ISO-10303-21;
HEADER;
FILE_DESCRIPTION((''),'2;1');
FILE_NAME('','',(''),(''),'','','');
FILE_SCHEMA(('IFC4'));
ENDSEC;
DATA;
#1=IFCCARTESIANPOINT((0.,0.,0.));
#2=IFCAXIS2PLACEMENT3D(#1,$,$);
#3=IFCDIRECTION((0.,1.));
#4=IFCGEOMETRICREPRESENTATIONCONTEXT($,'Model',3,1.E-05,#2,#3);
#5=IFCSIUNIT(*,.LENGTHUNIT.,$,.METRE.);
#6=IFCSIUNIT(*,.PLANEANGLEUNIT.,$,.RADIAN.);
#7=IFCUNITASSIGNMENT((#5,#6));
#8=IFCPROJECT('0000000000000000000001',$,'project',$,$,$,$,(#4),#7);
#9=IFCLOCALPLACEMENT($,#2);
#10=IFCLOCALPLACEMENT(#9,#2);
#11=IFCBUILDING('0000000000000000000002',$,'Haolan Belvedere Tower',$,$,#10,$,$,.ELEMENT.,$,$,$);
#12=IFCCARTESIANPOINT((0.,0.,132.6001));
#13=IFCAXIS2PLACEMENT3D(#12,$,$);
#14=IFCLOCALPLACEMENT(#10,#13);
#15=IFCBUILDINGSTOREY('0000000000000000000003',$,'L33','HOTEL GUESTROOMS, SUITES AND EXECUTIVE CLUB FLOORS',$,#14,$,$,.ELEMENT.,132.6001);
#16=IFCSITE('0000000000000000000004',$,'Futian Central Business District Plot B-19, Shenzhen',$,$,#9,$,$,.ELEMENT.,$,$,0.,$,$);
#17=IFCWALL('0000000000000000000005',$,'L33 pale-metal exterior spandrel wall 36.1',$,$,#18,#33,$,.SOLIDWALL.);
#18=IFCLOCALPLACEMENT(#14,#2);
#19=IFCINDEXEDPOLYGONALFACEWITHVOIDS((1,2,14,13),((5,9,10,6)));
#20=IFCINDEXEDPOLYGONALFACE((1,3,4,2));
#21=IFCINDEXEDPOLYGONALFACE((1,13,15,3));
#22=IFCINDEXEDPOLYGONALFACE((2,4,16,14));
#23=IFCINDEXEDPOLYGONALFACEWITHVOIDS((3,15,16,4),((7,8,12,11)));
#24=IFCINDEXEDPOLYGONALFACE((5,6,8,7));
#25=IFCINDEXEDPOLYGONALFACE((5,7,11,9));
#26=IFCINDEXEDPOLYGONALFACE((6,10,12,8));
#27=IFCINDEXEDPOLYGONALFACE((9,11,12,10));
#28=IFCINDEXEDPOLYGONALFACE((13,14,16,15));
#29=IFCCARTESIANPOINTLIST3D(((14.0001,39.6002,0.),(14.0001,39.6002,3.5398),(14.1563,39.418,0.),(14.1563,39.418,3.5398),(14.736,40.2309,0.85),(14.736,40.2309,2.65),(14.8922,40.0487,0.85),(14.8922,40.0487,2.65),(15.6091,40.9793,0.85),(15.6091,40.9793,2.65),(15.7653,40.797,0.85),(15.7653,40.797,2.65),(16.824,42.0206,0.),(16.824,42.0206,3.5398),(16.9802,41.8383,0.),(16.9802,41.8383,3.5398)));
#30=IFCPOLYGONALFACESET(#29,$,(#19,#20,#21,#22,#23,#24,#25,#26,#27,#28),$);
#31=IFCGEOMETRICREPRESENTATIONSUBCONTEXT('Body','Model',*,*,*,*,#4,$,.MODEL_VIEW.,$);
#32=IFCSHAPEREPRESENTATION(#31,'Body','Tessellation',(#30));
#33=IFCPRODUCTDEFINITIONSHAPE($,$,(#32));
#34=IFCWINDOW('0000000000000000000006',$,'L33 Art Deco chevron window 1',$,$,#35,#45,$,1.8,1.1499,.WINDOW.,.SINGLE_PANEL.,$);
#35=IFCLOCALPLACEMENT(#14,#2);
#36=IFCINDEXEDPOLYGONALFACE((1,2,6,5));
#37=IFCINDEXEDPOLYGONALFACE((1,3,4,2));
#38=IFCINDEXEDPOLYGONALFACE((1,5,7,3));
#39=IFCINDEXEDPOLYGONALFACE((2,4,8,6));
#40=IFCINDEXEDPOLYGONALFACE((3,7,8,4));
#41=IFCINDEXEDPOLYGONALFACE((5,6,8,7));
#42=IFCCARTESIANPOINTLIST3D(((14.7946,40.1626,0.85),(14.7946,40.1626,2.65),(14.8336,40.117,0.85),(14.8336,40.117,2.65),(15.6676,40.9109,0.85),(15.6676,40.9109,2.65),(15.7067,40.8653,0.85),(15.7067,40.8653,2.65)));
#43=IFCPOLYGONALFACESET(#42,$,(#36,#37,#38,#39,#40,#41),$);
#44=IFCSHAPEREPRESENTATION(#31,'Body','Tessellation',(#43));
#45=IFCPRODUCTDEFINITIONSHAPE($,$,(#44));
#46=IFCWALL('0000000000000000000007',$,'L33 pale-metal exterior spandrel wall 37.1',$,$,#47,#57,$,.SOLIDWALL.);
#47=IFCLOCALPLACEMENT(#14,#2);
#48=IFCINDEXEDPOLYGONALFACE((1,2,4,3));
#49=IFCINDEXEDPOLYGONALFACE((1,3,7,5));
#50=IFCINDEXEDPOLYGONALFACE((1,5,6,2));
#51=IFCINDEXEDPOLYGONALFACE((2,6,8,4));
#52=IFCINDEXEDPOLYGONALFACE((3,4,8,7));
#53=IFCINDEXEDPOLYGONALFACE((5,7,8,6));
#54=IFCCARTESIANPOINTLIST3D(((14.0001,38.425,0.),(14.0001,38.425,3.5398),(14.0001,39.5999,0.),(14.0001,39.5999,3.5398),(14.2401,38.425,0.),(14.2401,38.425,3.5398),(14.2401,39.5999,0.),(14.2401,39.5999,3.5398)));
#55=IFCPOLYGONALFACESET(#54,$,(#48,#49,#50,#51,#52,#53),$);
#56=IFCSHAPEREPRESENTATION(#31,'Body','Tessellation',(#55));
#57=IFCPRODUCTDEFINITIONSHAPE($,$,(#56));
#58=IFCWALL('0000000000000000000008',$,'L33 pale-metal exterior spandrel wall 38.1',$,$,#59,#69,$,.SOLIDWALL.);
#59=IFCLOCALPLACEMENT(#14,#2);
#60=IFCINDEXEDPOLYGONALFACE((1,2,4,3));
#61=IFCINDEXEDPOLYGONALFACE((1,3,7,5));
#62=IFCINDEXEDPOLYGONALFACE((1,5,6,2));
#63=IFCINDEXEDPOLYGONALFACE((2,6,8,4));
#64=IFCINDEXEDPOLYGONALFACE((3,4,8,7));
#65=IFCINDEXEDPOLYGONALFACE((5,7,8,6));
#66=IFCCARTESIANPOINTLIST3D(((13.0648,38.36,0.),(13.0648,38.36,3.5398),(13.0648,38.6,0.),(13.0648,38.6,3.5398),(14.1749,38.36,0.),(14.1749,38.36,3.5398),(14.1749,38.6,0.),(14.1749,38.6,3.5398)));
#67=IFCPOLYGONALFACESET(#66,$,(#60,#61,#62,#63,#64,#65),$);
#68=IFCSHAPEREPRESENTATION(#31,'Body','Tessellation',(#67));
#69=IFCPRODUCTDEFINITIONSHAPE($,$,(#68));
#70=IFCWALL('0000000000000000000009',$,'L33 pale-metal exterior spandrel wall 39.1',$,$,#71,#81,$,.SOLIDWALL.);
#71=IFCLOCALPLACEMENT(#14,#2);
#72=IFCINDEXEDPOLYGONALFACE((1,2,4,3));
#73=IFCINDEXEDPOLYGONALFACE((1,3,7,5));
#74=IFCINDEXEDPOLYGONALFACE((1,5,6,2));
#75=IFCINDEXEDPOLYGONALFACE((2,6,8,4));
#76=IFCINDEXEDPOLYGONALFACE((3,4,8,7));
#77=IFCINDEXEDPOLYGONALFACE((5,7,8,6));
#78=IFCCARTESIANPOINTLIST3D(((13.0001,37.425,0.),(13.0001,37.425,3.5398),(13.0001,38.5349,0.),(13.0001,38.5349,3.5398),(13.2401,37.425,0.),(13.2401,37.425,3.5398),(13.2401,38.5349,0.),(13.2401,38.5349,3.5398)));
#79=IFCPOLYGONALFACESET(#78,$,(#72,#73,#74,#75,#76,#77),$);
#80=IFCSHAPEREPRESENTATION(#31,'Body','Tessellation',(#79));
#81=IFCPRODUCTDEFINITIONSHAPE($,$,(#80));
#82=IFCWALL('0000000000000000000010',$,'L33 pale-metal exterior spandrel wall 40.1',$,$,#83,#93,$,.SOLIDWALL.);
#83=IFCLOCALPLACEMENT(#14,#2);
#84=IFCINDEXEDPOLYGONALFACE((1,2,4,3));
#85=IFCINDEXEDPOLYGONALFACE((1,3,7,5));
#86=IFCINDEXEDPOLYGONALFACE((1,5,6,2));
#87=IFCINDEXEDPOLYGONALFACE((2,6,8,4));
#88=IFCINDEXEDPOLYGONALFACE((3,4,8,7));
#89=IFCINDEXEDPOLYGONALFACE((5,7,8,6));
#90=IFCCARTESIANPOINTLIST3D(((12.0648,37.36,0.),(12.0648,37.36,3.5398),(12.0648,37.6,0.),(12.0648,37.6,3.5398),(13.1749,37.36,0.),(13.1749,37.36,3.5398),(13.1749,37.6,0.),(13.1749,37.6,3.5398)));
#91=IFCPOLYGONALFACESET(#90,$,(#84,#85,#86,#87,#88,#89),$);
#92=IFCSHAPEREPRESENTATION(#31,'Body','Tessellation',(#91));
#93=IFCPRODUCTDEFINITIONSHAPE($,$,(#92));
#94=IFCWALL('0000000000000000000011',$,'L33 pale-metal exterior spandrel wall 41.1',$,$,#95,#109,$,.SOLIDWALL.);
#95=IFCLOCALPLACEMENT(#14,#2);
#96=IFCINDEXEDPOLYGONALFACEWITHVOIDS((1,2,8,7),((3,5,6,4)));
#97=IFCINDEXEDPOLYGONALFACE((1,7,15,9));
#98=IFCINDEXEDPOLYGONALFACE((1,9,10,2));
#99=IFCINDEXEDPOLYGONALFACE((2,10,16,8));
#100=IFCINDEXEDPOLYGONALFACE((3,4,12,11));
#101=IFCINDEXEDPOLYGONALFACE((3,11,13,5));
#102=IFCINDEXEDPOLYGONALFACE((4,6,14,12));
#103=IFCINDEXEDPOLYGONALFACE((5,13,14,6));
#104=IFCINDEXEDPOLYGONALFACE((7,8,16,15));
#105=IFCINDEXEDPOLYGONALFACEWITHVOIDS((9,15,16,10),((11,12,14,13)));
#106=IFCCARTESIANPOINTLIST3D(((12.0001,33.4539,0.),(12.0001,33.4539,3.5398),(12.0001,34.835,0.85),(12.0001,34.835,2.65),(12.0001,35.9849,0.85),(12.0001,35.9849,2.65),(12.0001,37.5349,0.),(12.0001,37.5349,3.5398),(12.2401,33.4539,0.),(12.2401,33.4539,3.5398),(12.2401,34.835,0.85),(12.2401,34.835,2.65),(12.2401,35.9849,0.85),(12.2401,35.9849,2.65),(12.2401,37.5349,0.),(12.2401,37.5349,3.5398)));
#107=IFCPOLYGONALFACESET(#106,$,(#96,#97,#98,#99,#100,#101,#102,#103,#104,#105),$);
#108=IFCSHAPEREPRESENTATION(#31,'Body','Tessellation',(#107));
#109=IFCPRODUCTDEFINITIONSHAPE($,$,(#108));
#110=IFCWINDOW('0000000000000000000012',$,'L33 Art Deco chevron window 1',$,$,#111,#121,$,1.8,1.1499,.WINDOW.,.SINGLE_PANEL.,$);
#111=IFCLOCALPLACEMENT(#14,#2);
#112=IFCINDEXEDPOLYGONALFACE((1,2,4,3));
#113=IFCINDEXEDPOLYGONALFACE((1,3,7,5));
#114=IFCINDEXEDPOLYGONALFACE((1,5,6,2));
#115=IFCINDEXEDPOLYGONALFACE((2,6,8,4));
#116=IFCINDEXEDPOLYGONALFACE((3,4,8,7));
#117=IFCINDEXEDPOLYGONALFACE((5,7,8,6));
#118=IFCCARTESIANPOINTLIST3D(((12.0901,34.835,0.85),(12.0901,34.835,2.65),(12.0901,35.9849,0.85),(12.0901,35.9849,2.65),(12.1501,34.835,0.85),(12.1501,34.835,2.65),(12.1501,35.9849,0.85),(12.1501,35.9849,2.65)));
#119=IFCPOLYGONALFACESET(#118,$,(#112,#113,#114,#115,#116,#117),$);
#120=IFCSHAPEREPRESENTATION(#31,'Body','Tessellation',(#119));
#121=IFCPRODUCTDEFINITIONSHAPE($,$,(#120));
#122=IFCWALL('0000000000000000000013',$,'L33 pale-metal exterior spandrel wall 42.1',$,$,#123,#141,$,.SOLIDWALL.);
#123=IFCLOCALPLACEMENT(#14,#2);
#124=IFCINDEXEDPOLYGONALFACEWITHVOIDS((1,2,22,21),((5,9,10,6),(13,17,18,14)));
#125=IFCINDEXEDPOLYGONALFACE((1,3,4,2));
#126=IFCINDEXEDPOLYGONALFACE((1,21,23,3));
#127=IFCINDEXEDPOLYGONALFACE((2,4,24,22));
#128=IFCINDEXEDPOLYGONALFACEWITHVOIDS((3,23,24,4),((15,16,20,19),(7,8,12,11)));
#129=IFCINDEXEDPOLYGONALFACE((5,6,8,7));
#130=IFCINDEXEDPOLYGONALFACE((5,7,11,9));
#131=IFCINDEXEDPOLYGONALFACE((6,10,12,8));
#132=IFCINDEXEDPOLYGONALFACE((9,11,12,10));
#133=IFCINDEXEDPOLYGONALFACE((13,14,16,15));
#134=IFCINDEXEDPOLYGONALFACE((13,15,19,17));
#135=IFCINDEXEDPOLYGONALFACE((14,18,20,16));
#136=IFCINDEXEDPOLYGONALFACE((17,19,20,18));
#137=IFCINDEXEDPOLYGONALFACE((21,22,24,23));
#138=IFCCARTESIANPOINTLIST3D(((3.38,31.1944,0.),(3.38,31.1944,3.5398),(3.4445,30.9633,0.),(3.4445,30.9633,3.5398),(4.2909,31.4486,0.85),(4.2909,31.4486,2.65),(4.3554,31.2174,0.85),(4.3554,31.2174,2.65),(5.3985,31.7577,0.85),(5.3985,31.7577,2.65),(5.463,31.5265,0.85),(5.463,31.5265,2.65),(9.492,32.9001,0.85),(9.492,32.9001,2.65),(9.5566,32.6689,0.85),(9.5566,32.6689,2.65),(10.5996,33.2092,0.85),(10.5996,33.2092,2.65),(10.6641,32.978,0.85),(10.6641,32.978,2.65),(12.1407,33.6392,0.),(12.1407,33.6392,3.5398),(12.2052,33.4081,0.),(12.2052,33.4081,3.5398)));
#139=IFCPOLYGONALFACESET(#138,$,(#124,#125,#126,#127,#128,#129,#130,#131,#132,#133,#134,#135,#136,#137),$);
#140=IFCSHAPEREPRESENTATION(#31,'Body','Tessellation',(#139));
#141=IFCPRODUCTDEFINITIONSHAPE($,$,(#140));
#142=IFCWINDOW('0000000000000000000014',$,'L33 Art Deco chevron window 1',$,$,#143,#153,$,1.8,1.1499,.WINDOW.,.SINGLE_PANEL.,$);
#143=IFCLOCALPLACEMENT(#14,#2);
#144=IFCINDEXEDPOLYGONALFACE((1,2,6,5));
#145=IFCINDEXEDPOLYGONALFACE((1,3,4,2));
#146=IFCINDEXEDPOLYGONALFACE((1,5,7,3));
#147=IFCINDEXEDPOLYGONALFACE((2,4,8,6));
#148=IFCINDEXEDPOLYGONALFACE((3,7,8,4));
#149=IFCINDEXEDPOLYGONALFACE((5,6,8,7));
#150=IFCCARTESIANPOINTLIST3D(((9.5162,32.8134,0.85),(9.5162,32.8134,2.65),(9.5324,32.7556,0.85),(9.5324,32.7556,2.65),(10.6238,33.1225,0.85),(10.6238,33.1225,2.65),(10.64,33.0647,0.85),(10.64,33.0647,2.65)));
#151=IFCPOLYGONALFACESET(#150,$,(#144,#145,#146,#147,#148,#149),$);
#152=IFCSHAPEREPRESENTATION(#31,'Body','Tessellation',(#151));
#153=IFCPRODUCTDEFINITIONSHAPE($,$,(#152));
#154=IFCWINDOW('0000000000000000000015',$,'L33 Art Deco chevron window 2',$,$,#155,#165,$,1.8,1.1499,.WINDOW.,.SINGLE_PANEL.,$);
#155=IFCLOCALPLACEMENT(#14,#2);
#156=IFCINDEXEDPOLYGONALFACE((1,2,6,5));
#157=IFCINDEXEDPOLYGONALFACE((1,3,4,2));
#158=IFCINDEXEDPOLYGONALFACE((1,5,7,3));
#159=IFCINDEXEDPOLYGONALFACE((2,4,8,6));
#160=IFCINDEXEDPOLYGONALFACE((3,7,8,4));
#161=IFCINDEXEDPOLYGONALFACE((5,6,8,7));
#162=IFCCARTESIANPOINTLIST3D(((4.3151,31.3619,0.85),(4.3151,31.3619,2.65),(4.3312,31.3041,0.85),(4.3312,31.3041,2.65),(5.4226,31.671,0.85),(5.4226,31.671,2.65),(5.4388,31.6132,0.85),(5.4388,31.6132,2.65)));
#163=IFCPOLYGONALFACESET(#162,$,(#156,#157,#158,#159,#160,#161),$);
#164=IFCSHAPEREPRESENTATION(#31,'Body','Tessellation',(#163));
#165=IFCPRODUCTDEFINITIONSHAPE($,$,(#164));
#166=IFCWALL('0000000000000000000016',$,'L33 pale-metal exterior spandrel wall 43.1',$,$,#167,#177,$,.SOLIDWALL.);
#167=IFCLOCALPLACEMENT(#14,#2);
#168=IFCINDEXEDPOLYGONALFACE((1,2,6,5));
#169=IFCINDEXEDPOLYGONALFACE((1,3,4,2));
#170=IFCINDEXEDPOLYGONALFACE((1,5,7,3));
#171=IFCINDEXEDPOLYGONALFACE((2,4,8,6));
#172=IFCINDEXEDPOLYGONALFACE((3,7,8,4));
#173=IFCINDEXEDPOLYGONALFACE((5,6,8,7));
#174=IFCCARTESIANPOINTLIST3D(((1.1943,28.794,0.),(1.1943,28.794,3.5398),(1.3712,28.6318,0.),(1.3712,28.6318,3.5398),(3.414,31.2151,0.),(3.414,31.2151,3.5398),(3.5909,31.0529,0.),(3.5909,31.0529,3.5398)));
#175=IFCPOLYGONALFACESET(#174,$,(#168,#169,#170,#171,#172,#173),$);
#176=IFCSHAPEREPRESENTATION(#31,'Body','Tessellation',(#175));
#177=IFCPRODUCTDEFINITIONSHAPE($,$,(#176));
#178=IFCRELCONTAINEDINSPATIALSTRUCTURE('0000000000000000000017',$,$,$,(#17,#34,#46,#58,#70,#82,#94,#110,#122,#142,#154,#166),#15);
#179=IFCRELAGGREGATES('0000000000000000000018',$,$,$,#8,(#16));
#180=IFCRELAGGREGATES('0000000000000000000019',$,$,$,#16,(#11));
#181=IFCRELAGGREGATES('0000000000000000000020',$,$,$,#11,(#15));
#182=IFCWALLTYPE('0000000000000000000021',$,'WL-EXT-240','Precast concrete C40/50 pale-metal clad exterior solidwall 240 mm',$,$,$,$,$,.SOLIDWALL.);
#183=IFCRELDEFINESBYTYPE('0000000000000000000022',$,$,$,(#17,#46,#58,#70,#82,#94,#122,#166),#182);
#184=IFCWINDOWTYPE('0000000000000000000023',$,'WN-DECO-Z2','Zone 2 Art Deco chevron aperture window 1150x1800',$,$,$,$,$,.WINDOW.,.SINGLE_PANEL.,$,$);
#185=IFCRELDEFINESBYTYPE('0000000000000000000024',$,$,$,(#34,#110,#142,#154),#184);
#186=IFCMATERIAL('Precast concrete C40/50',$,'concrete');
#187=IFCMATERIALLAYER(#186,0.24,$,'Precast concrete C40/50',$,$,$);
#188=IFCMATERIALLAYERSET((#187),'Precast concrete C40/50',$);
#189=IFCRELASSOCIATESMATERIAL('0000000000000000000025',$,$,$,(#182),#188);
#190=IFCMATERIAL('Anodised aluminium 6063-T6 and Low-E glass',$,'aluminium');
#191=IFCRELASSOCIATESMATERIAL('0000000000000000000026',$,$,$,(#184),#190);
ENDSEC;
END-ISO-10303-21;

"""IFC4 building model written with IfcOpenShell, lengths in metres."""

from ifc_helpers import new_model, si_unit, direction, frame, frame_2d, origin, place, context, subcontext, project, spatial, rectangle, extrude, material, layer, layer_set, type_object, element, fill, save


model = new_model("IFC4")

# Units and contexts
model_context = context("Model", 3, precision=1e-05, world=origin(), true_north=direction((0.0, 1.0)))
body_context = subcontext(model_context, "Body", "Model", "MODEL_VIEW")
ifc_project = project(units=[si_unit("LENGTHUNIT", "METRE"), si_unit("PLANEANGLEUNIT", "RADIAN")], contexts=[model_context])

# Site, building, storey
site_placement = place(None, origin())
site = spatial("IfcSite", under=ifc_project, at=site_placement, Name="Futian Central Business District Plot B-19, Shenzhen", CompositionType="ELEMENT", RefElevation=0.0)
building_placement = place(site_placement, origin())
building = spatial("IfcBuilding", under=site, at=building_placement, Name="Haolan Belvedere Tower", CompositionType="ELEMENT")
storey_placement = place(building_placement, frame((0.0, 0.0, 132.6001)))
storey = spatial("IfcBuildingStorey", under=building, at=storey_placement, Name="L33", Description="HOTEL GUESTROOMS, SUITES AND EXECUTIVE CLUB FLOORS", CompositionType="ELEMENT", Elevation=132.6001)

# Shared definitions
ifc_material_1 = material(Name="Precast concrete C40/50", Category="concrete")
ifc_layer_1 = layer(ifc_material_1, 0.24, Name="Precast concrete C40/50")
ifc_layer_set_1 = layer_set([ifc_layer_1], Name="Precast concrete C40/50")
wall_type_1 = type_object("IfcWallType", Name="WL-EXT-240", Description="Precast concrete C40/50 pale-metal clad exterior solidwall 240 mm", PredefinedType="SOLIDWALL", material=ifc_layer_set_1)

# Wall, opening, window
wall_1_placement = place(storey_placement, frame((16.9021, 41.9294, 0.0), z_axis=(0.0, 0.0, 1.0), x_axis=(-0.759275, -0.65077, 0.0)))
wall_1 = element("IfcWall", 1, at=wall_1_placement, inside=storey, type_object=wall_type_1, Name="L33 pale-metal exterior spandrel wall 36.1", PredefinedType="SOLIDWALL", context=body_context, shape_type="SweptSolid", body=[
    extrude(rectangle(XDim=3.7192, YDim=0.24, at=frame_2d((1.8596, 0.0))), origin(), (0.0, 0.0, 1.0), 3.5398),
])
opening_1_placement = place(wall_1_placement, frame((1.6001, 0.0, 0.8501)))
opening_1 = element("IfcOpeningElement", 2, at=opening_1_placement, cuts=wall_1, PredefinedType="OPENING", context=body_context, shape_type="SweptSolid", body=[
    extrude(rectangle(XDim=1.1499, YDim=1.8, at=frame_2d((0.575, 0.8999))), frame((0.0, 0.1299, 0.0), z_axis=(0.0, -1.0, 0.0), x_axis=(1.0, 0.0, 0.0)), (0.0, 0.0, 1.0), 0.26),
])
ifc_material_2 = material(Name="Anodised aluminium 6063-T6 and Low-E glass", Category="aluminium")
window_type = type_object("IfcWindowType", Name="WN-DECO-Z2", Description="Zone 2 Art Deco chevron aperture window 1150x1800", PartitioningType="SINGLE_PANEL", PredefinedType="WINDOW", material=ifc_material_2)
window_1_placement = place(opening_1_placement, origin())
window_1 = element("IfcWindow", 3, at=window_1_placement, inside=storey, type_object=window_type, Name="L33 Art Deco chevron window 1", OverallHeight=1.8, OverallWidth=1.1499, PartitioningType="SINGLE_PANEL", PredefinedType="WINDOW", context=body_context, shape_type="SweptSolid", body=[
    extrude(rectangle(XDim=1.1499, YDim=1.8, at=frame_2d((0.575, 0.8999))), frame((0.0, 0.03, 0.0), z_axis=(0.0, -1.0, 0.0), x_axis=(1.0, 0.0, 0.0)), (0.0, 0.0, 1.0), 0.0601),
])
fill(opening_1, window_1)

# Walls
wall_2_placement = place(storey_placement, frame((14.1201, 39.5999, 0.0), z_axis=(0.0, 0.0, 1.0), x_axis=(0.0, -1.0, 0.0)))
element("IfcWall", 4, at=wall_2_placement, inside=storey, type_object=wall_type_1, Name="L33 pale-metal exterior spandrel wall 37.1", PredefinedType="SOLIDWALL", context=body_context, shape_type="SweptSolid", body=[
    extrude(rectangle(XDim=1.1748, YDim=0.24, at=frame_2d((0.5874, 0.0))), origin(), (0.0, 0.0, 1.0), 3.5398),
])
wall_3_placement = place(storey_placement, frame((14.175, 38.48, 0.0), z_axis=(0.0, 0.0, 1.0), x_axis=(-1.0, 0.0, 0.0)))
element("IfcWall", 5, at=wall_3_placement, inside=storey, type_object=wall_type_1, Name="L33 pale-metal exterior spandrel wall 38.1", PredefinedType="SOLIDWALL", context=body_context, shape_type="SweptSolid", body=[
    extrude(rectangle(XDim=1.1101, YDim=0.24, at=frame_2d((0.5552, 0.0))), origin(), (0.0, 0.0, 1.0), 3.5398),
])
wall_4_placement = place(storey_placement, frame((13.1201, 38.5349, 0.0), z_axis=(0.0, 0.0, 1.0), x_axis=(0.0, -1.0, 0.0)))
element("IfcWall", 6, at=wall_4_placement, inside=storey, type_object=wall_type_1, Name="L33 pale-metal exterior spandrel wall 39.1", PredefinedType="SOLIDWALL", context=body_context, shape_type="SweptSolid", body=[
    extrude(rectangle(XDim=1.1099, YDim=0.24, at=frame_2d((0.5549, 0.0))), origin(), (0.0, 0.0, 1.0), 3.5398),
])
wall_5_placement = place(storey_placement, frame((13.175, 37.48, 0.0), z_axis=(0.0, 0.0, 1.0), x_axis=(-1.0, 0.0, 0.0)))
element("IfcWall", 7, at=wall_5_placement, inside=storey, type_object=wall_type_1, Name="L33 pale-metal exterior spandrel wall 40.1", PredefinedType="SOLIDWALL", context=body_context, shape_type="SweptSolid", body=[
    extrude(rectangle(XDim=1.1101, YDim=0.24, at=frame_2d((0.5552, 0.0))), origin(), (0.0, 0.0, 1.0), 3.5398),
])

# Wall, opening, window
wall_6_placement = place(storey_placement, frame((12.1201, 37.5349, 0.0), z_axis=(0.0, 0.0, 1.0), x_axis=(0.0, -1.0, 0.0)))
wall_6 = element("IfcWall", 8, at=wall_6_placement, inside=storey, type_object=wall_type_1, Name="L33 pale-metal exterior spandrel wall 41.1", PredefinedType="SOLIDWALL", context=body_context, shape_type="SweptSolid", body=[
    extrude(rectangle(XDim=4.0811, YDim=0.24, at=frame_2d((2.0405, 0.0))), origin(), (0.0, 0.0, 1.0), 3.5398),
])
opening_2_placement = place(wall_6_placement, frame((1.55, 0.0, 0.8501)))
opening_2 = element("IfcOpeningElement", 9, at=opening_2_placement, cuts=wall_6, PredefinedType="OPENING", context=body_context, shape_type="SweptSolid", body=[
    extrude(rectangle(XDim=1.1499, YDim=1.8, at=frame_2d((0.575, 0.8999))), frame((0.0, 0.1299, 0.0), z_axis=(0.0, -1.0, 0.0), x_axis=(1.0, 0.0, 0.0)), (0.0, 0.0, 1.0), 0.26),
])
window_2_placement = place(opening_2_placement, origin())
window_2 = element("IfcWindow", 10, at=window_2_placement, inside=storey, type_object=window_type, Name="L33 Art Deco chevron window 1", OverallHeight=1.8, OverallWidth=1.1499, PartitioningType="SINGLE_PANEL", PredefinedType="WINDOW", context=body_context, shape_type="SweptSolid", body=[
    extrude(rectangle(XDim=1.1499, YDim=1.8, at=frame_2d((0.575, 0.8999))), frame((0.0, 0.03, 0.0), z_axis=(0.0, -1.0, 0.0), x_axis=(1.0, 0.0, 0.0)), (0.0, 0.0, 1.0), 0.0601),
])
fill(opening_2, window_2)

# Wall, openings, windows
wall_7_placement = place(storey_placement, frame((12.1731, 33.5237, 0.0), z_axis=(0.0, 0.0, 1.0), x_axis=(-0.963197, -0.268795, 0.0)))
wall_7 = element("IfcWall", 11, at=wall_7_placement, inside=storey, type_object=wall_type_1, Name="L33 pale-metal exterior spandrel wall 42.1", PredefinedType="SOLIDWALL", context=body_context, shape_type="SweptSolid", body=[
    extrude(rectangle(XDim=9.0955, YDim=0.24, at=frame_2d((4.5479, 0.0))), origin(), (0.0, 0.0, 1.0), 3.5398),
])
opening_3_placement = place(wall_7_placement, frame((1.6001, 0.0, 0.8501)))
opening_3 = element("IfcOpeningElement", 12, at=opening_3_placement, cuts=wall_7, PredefinedType="OPENING", context=body_context, shape_type="SweptSolid", body=[
    extrude(rectangle(XDim=1.1499, YDim=1.8, at=frame_2d((0.575, 0.8999))), frame((0.0, 0.1299, 0.0), z_axis=(0.0, -1.0, 0.0), x_axis=(1.0, 0.0, 0.0)), (0.0, 0.0, 1.0), 0.26),
])
opening_4_placement = place(wall_7_placement, frame((7.0, 0.0, 0.8501)))
opening_4 = element("IfcOpeningElement", 13, at=opening_4_placement, cuts=wall_7, PredefinedType="OPENING", context=body_context, shape_type="SweptSolid", body=[
    extrude(rectangle(XDim=1.1499, YDim=1.8, at=frame_2d((0.575, 0.8999))), frame((0.0, 0.1299, 0.0), z_axis=(0.0, -1.0, 0.0), x_axis=(1.0, 0.0, 0.0)), (0.0, 0.0, 1.0), 0.26),
])
window_3_placement = place(opening_3_placement, origin())
window_3 = element("IfcWindow", 14, at=window_3_placement, inside=storey, type_object=window_type, Name="L33 Art Deco chevron window 1", OverallHeight=1.8, OverallWidth=1.1499, PartitioningType="SINGLE_PANEL", PredefinedType="WINDOW", context=body_context, shape_type="SweptSolid", body=[
    extrude(rectangle(XDim=1.1499, YDim=1.8, at=frame_2d((0.575, 0.8999))), frame((0.0, 0.03, 0.0), z_axis=(0.0, -1.0, 0.0), x_axis=(1.0, 0.0, 0.0)), (0.0, 0.0, 1.0), 0.0601),
])
fill(opening_3, window_3)
window_4_placement = place(opening_4_placement, origin())
window_4 = element("IfcWindow", 15, at=window_4_placement, inside=storey, type_object=window_type, Name="L33 Art Deco chevron window 2", OverallHeight=1.8, OverallWidth=1.1499, PartitioningType="SINGLE_PANEL", PredefinedType="WINDOW", context=body_context, shape_type="SweptSolid", body=[
    extrude(rectangle(XDim=1.1499, YDim=1.8, at=frame_2d((0.575, 0.8999))), frame((0.0, 0.03, 0.0), z_axis=(0.0, -1.0, 0.0), x_axis=(1.0, 0.0, 0.0)), (0.0, 0.0, 1.0), 0.0601),
])
fill(opening_4, window_4)

# Wall
wall_8_placement = place(storey_placement, frame((3.5024, 31.134, 0.0), z_axis=(0.0, 0.0, 1.0), x_axis=(-0.675782, -0.737102, 0.0)))
element("IfcWall", 16, at=wall_8_placement, inside=storey, type_object=wall_type_1, Name="L33 pale-metal exterior spandrel wall 43.1", PredefinedType="SOLIDWALL", context=body_context, shape_type="SweptSolid", body=[
    extrude(rectangle(XDim=3.2847, YDim=0.24, at=frame_2d((1.6423, 0.0))), origin(), (0.0, 0.0, 1.0), 3.5398),
])

save(model, "model.ifc")
